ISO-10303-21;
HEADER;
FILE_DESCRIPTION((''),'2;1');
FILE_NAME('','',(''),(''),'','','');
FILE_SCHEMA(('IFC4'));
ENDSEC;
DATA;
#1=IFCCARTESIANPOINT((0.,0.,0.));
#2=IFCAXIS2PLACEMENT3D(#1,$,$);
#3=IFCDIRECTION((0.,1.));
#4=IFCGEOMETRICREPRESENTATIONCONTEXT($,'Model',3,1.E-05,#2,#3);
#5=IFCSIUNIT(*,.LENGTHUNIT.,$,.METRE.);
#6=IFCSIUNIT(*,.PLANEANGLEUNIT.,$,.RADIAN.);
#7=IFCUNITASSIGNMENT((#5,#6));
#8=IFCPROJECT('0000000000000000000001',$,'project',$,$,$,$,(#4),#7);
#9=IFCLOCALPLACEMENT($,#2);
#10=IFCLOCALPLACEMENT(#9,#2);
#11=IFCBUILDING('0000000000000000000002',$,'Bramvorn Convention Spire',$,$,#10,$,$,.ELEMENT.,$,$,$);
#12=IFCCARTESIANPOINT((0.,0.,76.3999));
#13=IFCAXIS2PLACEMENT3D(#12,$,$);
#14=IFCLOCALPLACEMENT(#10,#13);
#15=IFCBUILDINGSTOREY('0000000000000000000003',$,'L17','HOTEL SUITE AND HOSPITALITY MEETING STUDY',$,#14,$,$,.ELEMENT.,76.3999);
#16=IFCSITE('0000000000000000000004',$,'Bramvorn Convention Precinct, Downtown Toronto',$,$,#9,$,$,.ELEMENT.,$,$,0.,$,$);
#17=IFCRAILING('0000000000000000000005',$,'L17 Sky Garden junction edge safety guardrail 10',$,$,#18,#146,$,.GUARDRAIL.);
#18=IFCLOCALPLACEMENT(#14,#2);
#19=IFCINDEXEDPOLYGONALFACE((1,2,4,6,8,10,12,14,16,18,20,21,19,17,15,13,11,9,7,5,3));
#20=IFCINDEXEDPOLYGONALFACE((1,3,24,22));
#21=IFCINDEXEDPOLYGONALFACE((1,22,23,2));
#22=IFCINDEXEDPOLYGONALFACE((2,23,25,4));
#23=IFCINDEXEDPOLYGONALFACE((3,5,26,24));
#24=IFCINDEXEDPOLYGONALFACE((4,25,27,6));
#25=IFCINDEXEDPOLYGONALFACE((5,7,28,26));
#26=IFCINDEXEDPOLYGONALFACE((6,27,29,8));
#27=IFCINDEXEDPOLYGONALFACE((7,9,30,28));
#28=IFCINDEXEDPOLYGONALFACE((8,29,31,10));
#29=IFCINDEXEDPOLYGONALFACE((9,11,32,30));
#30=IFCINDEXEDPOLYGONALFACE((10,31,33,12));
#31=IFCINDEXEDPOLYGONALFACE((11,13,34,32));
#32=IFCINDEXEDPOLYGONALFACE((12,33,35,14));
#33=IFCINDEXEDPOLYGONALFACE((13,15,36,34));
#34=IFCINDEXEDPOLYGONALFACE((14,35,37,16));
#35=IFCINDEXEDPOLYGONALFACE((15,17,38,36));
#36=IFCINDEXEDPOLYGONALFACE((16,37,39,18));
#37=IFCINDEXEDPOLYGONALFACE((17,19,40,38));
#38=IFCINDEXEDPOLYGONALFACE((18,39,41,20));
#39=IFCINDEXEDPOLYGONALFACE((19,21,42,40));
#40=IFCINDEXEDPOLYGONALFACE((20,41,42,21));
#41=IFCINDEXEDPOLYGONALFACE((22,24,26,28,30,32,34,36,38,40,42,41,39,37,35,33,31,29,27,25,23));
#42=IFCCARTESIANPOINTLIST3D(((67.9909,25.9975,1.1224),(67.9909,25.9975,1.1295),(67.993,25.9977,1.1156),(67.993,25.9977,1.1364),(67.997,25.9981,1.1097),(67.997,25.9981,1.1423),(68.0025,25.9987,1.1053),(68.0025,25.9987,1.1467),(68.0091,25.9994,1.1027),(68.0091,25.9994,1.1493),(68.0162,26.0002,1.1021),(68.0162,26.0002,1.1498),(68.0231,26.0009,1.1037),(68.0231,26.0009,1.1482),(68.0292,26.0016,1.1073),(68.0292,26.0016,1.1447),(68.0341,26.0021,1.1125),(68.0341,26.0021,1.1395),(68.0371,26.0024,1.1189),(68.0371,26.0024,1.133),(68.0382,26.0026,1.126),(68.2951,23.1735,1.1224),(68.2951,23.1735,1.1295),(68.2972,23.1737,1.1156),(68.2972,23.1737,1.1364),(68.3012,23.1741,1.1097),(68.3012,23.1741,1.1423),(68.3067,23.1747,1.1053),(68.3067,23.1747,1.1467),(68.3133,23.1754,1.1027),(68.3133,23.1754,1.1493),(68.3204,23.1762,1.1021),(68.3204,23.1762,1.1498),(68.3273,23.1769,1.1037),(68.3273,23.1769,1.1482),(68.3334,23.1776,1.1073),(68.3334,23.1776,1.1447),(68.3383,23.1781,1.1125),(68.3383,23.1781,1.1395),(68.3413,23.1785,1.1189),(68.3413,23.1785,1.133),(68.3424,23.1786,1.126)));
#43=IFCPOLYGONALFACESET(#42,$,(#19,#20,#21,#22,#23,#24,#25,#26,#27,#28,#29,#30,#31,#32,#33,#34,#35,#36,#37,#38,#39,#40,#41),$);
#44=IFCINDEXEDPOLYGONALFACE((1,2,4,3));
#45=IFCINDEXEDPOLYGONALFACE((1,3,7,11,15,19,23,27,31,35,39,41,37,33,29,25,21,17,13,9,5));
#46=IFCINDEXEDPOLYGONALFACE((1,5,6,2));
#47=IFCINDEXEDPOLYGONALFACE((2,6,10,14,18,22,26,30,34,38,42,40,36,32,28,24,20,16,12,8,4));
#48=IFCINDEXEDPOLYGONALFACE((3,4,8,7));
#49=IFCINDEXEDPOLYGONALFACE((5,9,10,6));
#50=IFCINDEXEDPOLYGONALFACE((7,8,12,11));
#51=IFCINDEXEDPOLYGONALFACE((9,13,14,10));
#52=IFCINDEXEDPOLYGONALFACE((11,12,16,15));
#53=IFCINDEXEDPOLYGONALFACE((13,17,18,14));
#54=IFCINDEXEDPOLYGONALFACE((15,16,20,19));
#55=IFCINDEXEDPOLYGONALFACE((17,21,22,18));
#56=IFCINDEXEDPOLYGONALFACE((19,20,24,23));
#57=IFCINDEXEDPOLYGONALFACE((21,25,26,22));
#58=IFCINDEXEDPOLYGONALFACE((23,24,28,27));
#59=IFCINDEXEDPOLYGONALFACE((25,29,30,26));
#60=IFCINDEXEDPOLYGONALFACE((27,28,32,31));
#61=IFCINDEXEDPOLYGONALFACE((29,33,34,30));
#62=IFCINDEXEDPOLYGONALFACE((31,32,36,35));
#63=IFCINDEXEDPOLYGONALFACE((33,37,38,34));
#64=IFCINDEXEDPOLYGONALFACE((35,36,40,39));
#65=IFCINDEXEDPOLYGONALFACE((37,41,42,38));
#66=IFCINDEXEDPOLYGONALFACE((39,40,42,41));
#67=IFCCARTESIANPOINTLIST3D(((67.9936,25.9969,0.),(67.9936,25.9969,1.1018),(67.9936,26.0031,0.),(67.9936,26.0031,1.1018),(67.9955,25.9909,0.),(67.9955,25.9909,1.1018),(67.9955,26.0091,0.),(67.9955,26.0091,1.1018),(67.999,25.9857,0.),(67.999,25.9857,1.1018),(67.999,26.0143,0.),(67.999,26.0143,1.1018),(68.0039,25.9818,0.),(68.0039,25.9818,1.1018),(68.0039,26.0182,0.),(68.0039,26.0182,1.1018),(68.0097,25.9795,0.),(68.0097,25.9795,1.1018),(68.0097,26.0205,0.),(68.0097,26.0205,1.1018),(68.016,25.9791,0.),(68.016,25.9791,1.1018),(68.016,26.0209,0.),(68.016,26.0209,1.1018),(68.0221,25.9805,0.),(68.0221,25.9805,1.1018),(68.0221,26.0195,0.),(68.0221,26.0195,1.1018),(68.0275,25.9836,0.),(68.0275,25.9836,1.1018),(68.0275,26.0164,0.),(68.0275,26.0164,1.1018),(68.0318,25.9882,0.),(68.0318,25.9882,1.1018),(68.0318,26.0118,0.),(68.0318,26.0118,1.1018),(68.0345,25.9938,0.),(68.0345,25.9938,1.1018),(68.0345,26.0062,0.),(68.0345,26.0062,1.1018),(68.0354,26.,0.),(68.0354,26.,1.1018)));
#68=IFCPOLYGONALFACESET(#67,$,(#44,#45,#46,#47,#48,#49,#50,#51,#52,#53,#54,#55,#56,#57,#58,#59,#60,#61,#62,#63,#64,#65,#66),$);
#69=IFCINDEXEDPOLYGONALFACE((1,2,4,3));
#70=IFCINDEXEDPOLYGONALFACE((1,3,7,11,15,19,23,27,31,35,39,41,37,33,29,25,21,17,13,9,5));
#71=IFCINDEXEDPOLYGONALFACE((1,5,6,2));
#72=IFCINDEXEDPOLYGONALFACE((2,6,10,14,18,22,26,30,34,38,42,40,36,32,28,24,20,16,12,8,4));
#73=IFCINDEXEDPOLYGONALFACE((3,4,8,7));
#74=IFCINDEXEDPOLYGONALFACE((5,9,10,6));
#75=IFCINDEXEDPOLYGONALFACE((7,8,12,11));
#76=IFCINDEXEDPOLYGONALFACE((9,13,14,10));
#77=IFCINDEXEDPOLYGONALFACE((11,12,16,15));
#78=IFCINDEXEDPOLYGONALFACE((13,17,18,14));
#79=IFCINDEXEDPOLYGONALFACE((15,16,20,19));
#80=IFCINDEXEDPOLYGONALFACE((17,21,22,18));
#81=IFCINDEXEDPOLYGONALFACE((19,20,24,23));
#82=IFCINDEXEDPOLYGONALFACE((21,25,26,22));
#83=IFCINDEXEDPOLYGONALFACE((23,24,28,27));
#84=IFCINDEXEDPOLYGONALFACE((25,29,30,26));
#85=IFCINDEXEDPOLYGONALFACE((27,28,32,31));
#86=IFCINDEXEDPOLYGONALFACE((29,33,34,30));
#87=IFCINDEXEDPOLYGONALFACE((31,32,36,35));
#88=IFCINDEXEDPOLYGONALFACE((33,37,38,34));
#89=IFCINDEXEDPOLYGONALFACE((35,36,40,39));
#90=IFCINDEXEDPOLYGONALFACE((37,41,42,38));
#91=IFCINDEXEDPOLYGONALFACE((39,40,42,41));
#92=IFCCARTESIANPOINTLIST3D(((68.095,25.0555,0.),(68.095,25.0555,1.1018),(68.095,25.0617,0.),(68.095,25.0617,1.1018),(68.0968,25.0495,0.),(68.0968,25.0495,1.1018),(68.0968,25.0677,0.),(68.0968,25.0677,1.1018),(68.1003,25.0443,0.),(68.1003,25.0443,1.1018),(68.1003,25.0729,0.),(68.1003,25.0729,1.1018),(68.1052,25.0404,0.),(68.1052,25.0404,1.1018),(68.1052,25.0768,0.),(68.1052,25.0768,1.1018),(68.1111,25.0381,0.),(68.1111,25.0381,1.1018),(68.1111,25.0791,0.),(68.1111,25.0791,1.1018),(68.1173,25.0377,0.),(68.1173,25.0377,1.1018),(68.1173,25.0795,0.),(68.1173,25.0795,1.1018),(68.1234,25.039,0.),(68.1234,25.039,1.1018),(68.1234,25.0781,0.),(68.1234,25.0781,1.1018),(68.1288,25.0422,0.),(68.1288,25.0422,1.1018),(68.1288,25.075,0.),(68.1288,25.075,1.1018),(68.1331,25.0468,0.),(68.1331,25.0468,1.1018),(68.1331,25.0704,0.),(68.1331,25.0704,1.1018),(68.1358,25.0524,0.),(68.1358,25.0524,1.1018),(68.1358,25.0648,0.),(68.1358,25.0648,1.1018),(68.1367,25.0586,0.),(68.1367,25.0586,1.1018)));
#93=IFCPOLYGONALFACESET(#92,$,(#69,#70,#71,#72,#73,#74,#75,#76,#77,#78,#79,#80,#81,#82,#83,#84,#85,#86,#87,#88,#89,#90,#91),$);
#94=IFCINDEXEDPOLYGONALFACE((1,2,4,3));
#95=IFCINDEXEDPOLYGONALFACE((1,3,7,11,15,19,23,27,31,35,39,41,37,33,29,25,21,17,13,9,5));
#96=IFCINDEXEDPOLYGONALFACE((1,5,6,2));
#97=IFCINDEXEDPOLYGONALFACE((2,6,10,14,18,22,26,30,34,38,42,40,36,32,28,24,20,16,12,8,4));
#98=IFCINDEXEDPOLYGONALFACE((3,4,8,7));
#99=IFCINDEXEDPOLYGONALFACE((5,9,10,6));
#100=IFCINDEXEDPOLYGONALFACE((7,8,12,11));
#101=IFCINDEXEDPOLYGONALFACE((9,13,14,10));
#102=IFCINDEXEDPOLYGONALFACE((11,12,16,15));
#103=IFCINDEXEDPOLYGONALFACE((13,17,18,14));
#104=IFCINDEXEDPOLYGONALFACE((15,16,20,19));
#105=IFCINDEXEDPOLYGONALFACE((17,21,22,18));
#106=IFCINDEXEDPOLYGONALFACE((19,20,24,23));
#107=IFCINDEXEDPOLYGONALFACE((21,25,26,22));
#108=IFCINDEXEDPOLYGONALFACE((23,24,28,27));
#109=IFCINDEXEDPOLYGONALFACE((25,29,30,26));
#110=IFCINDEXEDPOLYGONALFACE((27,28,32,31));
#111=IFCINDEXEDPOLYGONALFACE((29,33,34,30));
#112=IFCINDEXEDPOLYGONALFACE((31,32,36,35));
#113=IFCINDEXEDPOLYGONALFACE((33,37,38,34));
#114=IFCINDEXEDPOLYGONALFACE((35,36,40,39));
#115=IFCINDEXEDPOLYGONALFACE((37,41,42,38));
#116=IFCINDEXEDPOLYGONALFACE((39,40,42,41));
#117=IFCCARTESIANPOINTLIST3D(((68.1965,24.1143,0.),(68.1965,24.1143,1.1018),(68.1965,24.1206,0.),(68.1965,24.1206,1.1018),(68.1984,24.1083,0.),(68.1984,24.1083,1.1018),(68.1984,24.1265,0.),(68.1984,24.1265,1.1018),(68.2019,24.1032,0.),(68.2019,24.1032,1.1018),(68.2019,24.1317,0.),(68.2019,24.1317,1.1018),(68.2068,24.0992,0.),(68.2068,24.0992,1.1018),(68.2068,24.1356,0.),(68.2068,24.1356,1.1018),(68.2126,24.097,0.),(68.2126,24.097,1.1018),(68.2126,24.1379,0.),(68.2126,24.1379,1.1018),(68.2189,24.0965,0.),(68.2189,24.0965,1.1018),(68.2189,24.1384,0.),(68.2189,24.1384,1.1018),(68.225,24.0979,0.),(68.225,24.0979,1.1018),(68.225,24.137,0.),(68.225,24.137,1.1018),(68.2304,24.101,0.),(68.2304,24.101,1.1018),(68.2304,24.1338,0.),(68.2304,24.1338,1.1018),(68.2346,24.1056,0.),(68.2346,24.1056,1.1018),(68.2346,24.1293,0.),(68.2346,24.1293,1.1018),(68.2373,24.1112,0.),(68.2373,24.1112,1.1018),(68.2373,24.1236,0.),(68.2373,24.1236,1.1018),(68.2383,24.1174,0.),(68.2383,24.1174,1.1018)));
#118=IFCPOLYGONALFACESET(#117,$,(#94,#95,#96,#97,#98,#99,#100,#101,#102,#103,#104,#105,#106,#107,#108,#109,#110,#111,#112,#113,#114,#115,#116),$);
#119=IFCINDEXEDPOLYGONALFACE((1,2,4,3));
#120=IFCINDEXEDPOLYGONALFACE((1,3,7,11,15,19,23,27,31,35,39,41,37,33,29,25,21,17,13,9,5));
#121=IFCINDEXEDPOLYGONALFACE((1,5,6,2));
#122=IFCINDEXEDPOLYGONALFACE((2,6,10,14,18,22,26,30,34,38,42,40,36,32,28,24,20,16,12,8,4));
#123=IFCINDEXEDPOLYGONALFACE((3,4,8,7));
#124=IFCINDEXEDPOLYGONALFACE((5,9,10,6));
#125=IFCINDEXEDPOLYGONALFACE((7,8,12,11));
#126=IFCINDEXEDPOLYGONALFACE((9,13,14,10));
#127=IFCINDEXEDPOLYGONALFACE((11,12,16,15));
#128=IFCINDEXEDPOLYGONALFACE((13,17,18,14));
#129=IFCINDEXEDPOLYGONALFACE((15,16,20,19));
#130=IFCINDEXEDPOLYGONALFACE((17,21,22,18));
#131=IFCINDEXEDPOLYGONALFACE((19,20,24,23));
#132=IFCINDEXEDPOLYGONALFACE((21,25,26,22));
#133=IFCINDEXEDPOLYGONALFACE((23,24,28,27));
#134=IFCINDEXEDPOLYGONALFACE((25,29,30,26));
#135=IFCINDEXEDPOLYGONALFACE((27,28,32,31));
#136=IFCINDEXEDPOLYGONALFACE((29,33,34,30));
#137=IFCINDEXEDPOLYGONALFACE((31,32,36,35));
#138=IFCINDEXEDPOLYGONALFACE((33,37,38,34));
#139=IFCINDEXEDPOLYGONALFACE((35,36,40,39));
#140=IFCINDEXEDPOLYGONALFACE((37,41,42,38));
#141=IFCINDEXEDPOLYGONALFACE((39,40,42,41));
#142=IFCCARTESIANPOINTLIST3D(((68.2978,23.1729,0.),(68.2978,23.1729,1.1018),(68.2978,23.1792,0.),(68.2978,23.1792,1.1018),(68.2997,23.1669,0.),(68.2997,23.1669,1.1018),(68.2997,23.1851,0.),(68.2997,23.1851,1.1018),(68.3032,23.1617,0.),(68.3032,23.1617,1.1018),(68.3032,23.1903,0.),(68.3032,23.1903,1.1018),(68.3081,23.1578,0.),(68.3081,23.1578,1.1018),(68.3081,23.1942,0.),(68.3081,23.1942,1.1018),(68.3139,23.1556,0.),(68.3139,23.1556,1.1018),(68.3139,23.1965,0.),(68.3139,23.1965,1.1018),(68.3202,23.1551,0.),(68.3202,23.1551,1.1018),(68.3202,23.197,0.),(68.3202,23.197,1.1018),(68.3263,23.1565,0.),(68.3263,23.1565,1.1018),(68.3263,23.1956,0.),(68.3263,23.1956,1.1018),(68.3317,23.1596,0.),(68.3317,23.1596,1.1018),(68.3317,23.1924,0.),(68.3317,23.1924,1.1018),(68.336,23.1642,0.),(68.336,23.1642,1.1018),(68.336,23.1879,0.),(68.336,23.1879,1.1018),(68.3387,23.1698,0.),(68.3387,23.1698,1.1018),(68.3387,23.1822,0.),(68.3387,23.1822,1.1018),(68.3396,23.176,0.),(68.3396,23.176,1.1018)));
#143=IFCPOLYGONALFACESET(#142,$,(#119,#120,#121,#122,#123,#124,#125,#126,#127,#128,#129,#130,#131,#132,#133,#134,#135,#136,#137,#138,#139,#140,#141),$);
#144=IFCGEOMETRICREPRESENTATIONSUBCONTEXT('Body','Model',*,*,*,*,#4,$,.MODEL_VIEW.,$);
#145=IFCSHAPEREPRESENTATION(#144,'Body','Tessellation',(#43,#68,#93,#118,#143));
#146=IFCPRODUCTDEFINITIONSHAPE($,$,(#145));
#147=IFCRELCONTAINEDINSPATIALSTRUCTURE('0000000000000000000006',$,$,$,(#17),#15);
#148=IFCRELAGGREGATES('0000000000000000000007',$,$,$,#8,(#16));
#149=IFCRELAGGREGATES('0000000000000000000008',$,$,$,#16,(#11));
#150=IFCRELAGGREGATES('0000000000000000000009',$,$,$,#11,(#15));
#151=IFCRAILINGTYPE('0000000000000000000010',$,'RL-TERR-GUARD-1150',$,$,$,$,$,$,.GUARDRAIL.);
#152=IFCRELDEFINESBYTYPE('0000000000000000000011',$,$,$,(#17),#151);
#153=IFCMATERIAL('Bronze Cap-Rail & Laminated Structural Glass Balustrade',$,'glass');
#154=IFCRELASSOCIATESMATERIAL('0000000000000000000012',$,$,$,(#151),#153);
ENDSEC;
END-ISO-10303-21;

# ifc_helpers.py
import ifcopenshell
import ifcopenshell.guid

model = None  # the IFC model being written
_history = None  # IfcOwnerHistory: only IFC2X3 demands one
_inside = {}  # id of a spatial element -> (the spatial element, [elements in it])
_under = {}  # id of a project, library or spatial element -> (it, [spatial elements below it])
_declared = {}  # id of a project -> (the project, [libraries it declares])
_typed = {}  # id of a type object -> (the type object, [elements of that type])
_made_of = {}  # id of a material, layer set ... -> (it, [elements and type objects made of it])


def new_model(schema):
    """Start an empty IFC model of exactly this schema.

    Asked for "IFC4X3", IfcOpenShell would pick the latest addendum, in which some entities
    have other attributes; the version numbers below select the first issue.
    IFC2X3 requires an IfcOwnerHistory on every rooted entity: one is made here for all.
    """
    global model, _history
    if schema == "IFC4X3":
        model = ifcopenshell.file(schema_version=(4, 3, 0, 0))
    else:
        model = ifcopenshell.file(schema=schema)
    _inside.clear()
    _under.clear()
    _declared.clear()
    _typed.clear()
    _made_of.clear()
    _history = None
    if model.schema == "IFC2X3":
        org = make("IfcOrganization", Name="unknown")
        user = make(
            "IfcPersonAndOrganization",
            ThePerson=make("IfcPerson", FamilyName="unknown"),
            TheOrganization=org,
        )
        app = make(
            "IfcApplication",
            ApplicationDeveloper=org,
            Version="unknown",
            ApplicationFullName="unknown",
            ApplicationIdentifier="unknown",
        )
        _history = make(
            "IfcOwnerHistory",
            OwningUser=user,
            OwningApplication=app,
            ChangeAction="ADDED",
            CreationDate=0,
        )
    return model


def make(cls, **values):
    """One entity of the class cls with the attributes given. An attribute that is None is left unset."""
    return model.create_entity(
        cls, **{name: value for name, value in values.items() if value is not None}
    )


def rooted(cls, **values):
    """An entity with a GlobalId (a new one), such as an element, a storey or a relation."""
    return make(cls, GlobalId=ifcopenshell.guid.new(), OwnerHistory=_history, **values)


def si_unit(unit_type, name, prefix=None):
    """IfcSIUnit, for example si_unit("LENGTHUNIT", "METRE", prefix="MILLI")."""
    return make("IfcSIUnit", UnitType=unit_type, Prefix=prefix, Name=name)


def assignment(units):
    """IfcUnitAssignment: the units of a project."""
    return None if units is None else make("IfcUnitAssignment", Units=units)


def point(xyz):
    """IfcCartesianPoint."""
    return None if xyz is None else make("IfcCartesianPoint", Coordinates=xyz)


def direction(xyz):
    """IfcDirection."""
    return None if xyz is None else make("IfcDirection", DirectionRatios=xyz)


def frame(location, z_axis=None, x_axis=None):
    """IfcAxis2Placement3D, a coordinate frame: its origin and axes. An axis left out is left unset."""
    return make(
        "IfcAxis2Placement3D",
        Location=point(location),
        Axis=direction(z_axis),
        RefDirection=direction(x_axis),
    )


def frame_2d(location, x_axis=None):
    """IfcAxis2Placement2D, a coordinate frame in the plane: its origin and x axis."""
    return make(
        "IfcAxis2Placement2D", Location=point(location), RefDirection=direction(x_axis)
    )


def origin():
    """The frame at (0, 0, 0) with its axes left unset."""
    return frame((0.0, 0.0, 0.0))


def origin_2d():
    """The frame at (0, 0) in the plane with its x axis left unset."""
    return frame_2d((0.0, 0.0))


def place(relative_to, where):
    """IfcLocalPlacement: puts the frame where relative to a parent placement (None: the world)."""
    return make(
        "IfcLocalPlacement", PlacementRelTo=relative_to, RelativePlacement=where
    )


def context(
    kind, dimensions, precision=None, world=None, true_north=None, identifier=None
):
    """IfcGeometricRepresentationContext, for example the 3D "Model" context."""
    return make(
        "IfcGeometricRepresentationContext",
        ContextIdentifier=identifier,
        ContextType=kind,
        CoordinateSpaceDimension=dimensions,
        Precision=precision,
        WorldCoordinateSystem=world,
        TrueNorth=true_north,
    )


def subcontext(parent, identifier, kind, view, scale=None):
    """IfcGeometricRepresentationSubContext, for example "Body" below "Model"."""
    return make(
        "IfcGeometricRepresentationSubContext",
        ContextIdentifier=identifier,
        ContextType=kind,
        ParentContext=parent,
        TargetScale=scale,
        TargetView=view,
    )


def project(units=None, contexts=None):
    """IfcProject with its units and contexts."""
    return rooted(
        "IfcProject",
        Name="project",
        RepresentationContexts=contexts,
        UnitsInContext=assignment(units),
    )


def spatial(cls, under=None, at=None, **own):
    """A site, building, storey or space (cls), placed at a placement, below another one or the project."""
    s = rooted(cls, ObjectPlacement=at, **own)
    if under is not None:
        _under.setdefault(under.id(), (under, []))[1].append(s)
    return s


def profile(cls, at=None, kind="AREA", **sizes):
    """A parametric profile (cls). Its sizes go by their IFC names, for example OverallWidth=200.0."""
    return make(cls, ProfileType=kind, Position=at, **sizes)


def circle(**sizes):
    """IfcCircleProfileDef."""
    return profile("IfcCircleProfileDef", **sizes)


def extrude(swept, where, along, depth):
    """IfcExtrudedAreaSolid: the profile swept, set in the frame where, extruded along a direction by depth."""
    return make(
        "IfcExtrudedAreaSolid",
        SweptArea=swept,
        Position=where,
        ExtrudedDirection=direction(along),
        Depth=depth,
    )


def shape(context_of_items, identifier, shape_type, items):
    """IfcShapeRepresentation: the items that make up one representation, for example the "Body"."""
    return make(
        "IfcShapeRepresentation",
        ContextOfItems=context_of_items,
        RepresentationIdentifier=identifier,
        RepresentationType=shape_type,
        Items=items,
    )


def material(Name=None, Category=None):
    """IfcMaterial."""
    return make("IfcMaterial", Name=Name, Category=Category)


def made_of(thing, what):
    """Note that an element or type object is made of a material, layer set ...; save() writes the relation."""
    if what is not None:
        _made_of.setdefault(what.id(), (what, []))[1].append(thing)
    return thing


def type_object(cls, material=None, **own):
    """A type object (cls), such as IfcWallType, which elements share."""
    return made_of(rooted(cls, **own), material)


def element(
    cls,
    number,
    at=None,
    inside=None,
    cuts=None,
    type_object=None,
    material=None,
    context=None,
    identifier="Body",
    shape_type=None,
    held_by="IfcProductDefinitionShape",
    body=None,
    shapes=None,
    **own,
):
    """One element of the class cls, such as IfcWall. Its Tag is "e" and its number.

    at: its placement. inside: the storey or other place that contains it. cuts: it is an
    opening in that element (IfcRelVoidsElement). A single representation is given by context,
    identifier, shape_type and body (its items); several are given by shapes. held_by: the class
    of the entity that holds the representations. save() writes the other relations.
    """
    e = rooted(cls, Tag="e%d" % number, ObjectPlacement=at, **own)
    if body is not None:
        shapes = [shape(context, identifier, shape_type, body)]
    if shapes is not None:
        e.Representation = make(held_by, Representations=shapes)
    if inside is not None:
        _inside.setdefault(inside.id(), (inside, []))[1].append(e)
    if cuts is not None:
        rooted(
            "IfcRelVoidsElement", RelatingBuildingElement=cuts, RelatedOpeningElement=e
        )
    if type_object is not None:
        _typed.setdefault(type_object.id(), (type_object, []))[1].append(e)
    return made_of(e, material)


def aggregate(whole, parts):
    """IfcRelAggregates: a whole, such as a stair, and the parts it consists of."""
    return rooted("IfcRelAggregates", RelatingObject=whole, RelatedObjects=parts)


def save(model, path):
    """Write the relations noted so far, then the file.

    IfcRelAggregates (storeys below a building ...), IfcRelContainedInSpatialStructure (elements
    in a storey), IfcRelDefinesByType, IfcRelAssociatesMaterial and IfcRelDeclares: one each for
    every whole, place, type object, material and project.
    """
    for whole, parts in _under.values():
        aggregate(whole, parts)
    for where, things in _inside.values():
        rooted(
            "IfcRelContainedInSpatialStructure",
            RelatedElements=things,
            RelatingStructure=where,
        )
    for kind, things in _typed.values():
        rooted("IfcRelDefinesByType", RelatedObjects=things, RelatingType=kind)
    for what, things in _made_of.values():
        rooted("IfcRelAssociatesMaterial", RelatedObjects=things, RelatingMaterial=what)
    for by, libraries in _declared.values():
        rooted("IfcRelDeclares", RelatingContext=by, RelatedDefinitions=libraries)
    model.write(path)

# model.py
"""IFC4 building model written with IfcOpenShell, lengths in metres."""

from ifc_helpers import new_model, si_unit, direction, frame, origin, origin_2d, place, context, subcontext, project, spatial, circle, extrude, material, type_object, element, save


model = new_model("IFC4")

# Units and contexts
model_context = context("Model", 3, precision=1e-05, world=origin(), true_north=direction((0.0, 1.0)))
body_context = subcontext(model_context, "Body", "Model", "MODEL_VIEW")
ifc_project = project(units=[si_unit("LENGTHUNIT", "METRE"), si_unit("PLANEANGLEUNIT", "RADIAN")], contexts=[model_context])

# Site, building, storey
site_placement = place(None, origin())
site = spatial("IfcSite", under=ifc_project, at=site_placement, Name="Bramvorn Convention Precinct, Downtown Toronto", CompositionType="ELEMENT", RefElevation=0.0)
building_placement = place(site_placement, origin())
building = spatial("IfcBuilding", under=site, at=building_placement, Name="Bramvorn Convention Spire", CompositionType="ELEMENT")
storey_placement = place(building_placement, frame((0.0, 0.0, 76.3999)))
storey = spatial("IfcBuildingStorey", under=building, at=storey_placement, Name="L17", Description="HOTEL SUITE AND HOSPITALITY MEETING STUDY", CompositionType="ELEMENT", Elevation=76.3999)

# Railing
ifc_material_1 = material(Name="Bronze Cap-Rail & Laminated Structural Glass Balustrade", Category="glass")
railing_type = type_object("IfcRailingType", Name="RL-TERR-GUARD-1150", PredefinedType="GUARDRAIL", material=ifc_material_1)
railing_1_placement = place(storey_placement, frame((68.0144, 26.0, 0.0)))
element("IfcRailing", 1, at=railing_1_placement, inside=storey, type_object=railing_type, Name="L17 Sky Garden junction edge safety guardrail 10", PredefinedType="GUARDRAIL", context=body_context, shape_type="SweptSolid", body=[
    extrude(circle(Radius=0.0239, at=origin_2d()), frame((0.0, 0.0, 1.126), z_axis=(0.107101, -0.994248, 0.0), x_axis=(0.994248, 0.107101, 0.0)), (0.0, 0.0, 1.0), 2.8403),
    extrude(circle(Radius=0.021, at=origin_2d()), origin(), (0.0, 0.0, 1.0), 1.1018),
    extrude(circle(Radius=0.021, at=origin_2d()), frame((0.1013, -0.9414, 0.0)), (0.0, 0.0, 1.0), 1.1018),
    extrude(circle(Radius=0.021, at=origin_2d()), frame((0.2029, -1.8826, 0.0)), (0.0, 0.0, 1.0), 1.1018),
    extrude(circle(Radius=0.021, at=origin_2d()), frame((0.3042, -2.824, 0.0)), (0.0, 0.0, 1.0), 1.1018),
])

save(model, "model.ifc")
